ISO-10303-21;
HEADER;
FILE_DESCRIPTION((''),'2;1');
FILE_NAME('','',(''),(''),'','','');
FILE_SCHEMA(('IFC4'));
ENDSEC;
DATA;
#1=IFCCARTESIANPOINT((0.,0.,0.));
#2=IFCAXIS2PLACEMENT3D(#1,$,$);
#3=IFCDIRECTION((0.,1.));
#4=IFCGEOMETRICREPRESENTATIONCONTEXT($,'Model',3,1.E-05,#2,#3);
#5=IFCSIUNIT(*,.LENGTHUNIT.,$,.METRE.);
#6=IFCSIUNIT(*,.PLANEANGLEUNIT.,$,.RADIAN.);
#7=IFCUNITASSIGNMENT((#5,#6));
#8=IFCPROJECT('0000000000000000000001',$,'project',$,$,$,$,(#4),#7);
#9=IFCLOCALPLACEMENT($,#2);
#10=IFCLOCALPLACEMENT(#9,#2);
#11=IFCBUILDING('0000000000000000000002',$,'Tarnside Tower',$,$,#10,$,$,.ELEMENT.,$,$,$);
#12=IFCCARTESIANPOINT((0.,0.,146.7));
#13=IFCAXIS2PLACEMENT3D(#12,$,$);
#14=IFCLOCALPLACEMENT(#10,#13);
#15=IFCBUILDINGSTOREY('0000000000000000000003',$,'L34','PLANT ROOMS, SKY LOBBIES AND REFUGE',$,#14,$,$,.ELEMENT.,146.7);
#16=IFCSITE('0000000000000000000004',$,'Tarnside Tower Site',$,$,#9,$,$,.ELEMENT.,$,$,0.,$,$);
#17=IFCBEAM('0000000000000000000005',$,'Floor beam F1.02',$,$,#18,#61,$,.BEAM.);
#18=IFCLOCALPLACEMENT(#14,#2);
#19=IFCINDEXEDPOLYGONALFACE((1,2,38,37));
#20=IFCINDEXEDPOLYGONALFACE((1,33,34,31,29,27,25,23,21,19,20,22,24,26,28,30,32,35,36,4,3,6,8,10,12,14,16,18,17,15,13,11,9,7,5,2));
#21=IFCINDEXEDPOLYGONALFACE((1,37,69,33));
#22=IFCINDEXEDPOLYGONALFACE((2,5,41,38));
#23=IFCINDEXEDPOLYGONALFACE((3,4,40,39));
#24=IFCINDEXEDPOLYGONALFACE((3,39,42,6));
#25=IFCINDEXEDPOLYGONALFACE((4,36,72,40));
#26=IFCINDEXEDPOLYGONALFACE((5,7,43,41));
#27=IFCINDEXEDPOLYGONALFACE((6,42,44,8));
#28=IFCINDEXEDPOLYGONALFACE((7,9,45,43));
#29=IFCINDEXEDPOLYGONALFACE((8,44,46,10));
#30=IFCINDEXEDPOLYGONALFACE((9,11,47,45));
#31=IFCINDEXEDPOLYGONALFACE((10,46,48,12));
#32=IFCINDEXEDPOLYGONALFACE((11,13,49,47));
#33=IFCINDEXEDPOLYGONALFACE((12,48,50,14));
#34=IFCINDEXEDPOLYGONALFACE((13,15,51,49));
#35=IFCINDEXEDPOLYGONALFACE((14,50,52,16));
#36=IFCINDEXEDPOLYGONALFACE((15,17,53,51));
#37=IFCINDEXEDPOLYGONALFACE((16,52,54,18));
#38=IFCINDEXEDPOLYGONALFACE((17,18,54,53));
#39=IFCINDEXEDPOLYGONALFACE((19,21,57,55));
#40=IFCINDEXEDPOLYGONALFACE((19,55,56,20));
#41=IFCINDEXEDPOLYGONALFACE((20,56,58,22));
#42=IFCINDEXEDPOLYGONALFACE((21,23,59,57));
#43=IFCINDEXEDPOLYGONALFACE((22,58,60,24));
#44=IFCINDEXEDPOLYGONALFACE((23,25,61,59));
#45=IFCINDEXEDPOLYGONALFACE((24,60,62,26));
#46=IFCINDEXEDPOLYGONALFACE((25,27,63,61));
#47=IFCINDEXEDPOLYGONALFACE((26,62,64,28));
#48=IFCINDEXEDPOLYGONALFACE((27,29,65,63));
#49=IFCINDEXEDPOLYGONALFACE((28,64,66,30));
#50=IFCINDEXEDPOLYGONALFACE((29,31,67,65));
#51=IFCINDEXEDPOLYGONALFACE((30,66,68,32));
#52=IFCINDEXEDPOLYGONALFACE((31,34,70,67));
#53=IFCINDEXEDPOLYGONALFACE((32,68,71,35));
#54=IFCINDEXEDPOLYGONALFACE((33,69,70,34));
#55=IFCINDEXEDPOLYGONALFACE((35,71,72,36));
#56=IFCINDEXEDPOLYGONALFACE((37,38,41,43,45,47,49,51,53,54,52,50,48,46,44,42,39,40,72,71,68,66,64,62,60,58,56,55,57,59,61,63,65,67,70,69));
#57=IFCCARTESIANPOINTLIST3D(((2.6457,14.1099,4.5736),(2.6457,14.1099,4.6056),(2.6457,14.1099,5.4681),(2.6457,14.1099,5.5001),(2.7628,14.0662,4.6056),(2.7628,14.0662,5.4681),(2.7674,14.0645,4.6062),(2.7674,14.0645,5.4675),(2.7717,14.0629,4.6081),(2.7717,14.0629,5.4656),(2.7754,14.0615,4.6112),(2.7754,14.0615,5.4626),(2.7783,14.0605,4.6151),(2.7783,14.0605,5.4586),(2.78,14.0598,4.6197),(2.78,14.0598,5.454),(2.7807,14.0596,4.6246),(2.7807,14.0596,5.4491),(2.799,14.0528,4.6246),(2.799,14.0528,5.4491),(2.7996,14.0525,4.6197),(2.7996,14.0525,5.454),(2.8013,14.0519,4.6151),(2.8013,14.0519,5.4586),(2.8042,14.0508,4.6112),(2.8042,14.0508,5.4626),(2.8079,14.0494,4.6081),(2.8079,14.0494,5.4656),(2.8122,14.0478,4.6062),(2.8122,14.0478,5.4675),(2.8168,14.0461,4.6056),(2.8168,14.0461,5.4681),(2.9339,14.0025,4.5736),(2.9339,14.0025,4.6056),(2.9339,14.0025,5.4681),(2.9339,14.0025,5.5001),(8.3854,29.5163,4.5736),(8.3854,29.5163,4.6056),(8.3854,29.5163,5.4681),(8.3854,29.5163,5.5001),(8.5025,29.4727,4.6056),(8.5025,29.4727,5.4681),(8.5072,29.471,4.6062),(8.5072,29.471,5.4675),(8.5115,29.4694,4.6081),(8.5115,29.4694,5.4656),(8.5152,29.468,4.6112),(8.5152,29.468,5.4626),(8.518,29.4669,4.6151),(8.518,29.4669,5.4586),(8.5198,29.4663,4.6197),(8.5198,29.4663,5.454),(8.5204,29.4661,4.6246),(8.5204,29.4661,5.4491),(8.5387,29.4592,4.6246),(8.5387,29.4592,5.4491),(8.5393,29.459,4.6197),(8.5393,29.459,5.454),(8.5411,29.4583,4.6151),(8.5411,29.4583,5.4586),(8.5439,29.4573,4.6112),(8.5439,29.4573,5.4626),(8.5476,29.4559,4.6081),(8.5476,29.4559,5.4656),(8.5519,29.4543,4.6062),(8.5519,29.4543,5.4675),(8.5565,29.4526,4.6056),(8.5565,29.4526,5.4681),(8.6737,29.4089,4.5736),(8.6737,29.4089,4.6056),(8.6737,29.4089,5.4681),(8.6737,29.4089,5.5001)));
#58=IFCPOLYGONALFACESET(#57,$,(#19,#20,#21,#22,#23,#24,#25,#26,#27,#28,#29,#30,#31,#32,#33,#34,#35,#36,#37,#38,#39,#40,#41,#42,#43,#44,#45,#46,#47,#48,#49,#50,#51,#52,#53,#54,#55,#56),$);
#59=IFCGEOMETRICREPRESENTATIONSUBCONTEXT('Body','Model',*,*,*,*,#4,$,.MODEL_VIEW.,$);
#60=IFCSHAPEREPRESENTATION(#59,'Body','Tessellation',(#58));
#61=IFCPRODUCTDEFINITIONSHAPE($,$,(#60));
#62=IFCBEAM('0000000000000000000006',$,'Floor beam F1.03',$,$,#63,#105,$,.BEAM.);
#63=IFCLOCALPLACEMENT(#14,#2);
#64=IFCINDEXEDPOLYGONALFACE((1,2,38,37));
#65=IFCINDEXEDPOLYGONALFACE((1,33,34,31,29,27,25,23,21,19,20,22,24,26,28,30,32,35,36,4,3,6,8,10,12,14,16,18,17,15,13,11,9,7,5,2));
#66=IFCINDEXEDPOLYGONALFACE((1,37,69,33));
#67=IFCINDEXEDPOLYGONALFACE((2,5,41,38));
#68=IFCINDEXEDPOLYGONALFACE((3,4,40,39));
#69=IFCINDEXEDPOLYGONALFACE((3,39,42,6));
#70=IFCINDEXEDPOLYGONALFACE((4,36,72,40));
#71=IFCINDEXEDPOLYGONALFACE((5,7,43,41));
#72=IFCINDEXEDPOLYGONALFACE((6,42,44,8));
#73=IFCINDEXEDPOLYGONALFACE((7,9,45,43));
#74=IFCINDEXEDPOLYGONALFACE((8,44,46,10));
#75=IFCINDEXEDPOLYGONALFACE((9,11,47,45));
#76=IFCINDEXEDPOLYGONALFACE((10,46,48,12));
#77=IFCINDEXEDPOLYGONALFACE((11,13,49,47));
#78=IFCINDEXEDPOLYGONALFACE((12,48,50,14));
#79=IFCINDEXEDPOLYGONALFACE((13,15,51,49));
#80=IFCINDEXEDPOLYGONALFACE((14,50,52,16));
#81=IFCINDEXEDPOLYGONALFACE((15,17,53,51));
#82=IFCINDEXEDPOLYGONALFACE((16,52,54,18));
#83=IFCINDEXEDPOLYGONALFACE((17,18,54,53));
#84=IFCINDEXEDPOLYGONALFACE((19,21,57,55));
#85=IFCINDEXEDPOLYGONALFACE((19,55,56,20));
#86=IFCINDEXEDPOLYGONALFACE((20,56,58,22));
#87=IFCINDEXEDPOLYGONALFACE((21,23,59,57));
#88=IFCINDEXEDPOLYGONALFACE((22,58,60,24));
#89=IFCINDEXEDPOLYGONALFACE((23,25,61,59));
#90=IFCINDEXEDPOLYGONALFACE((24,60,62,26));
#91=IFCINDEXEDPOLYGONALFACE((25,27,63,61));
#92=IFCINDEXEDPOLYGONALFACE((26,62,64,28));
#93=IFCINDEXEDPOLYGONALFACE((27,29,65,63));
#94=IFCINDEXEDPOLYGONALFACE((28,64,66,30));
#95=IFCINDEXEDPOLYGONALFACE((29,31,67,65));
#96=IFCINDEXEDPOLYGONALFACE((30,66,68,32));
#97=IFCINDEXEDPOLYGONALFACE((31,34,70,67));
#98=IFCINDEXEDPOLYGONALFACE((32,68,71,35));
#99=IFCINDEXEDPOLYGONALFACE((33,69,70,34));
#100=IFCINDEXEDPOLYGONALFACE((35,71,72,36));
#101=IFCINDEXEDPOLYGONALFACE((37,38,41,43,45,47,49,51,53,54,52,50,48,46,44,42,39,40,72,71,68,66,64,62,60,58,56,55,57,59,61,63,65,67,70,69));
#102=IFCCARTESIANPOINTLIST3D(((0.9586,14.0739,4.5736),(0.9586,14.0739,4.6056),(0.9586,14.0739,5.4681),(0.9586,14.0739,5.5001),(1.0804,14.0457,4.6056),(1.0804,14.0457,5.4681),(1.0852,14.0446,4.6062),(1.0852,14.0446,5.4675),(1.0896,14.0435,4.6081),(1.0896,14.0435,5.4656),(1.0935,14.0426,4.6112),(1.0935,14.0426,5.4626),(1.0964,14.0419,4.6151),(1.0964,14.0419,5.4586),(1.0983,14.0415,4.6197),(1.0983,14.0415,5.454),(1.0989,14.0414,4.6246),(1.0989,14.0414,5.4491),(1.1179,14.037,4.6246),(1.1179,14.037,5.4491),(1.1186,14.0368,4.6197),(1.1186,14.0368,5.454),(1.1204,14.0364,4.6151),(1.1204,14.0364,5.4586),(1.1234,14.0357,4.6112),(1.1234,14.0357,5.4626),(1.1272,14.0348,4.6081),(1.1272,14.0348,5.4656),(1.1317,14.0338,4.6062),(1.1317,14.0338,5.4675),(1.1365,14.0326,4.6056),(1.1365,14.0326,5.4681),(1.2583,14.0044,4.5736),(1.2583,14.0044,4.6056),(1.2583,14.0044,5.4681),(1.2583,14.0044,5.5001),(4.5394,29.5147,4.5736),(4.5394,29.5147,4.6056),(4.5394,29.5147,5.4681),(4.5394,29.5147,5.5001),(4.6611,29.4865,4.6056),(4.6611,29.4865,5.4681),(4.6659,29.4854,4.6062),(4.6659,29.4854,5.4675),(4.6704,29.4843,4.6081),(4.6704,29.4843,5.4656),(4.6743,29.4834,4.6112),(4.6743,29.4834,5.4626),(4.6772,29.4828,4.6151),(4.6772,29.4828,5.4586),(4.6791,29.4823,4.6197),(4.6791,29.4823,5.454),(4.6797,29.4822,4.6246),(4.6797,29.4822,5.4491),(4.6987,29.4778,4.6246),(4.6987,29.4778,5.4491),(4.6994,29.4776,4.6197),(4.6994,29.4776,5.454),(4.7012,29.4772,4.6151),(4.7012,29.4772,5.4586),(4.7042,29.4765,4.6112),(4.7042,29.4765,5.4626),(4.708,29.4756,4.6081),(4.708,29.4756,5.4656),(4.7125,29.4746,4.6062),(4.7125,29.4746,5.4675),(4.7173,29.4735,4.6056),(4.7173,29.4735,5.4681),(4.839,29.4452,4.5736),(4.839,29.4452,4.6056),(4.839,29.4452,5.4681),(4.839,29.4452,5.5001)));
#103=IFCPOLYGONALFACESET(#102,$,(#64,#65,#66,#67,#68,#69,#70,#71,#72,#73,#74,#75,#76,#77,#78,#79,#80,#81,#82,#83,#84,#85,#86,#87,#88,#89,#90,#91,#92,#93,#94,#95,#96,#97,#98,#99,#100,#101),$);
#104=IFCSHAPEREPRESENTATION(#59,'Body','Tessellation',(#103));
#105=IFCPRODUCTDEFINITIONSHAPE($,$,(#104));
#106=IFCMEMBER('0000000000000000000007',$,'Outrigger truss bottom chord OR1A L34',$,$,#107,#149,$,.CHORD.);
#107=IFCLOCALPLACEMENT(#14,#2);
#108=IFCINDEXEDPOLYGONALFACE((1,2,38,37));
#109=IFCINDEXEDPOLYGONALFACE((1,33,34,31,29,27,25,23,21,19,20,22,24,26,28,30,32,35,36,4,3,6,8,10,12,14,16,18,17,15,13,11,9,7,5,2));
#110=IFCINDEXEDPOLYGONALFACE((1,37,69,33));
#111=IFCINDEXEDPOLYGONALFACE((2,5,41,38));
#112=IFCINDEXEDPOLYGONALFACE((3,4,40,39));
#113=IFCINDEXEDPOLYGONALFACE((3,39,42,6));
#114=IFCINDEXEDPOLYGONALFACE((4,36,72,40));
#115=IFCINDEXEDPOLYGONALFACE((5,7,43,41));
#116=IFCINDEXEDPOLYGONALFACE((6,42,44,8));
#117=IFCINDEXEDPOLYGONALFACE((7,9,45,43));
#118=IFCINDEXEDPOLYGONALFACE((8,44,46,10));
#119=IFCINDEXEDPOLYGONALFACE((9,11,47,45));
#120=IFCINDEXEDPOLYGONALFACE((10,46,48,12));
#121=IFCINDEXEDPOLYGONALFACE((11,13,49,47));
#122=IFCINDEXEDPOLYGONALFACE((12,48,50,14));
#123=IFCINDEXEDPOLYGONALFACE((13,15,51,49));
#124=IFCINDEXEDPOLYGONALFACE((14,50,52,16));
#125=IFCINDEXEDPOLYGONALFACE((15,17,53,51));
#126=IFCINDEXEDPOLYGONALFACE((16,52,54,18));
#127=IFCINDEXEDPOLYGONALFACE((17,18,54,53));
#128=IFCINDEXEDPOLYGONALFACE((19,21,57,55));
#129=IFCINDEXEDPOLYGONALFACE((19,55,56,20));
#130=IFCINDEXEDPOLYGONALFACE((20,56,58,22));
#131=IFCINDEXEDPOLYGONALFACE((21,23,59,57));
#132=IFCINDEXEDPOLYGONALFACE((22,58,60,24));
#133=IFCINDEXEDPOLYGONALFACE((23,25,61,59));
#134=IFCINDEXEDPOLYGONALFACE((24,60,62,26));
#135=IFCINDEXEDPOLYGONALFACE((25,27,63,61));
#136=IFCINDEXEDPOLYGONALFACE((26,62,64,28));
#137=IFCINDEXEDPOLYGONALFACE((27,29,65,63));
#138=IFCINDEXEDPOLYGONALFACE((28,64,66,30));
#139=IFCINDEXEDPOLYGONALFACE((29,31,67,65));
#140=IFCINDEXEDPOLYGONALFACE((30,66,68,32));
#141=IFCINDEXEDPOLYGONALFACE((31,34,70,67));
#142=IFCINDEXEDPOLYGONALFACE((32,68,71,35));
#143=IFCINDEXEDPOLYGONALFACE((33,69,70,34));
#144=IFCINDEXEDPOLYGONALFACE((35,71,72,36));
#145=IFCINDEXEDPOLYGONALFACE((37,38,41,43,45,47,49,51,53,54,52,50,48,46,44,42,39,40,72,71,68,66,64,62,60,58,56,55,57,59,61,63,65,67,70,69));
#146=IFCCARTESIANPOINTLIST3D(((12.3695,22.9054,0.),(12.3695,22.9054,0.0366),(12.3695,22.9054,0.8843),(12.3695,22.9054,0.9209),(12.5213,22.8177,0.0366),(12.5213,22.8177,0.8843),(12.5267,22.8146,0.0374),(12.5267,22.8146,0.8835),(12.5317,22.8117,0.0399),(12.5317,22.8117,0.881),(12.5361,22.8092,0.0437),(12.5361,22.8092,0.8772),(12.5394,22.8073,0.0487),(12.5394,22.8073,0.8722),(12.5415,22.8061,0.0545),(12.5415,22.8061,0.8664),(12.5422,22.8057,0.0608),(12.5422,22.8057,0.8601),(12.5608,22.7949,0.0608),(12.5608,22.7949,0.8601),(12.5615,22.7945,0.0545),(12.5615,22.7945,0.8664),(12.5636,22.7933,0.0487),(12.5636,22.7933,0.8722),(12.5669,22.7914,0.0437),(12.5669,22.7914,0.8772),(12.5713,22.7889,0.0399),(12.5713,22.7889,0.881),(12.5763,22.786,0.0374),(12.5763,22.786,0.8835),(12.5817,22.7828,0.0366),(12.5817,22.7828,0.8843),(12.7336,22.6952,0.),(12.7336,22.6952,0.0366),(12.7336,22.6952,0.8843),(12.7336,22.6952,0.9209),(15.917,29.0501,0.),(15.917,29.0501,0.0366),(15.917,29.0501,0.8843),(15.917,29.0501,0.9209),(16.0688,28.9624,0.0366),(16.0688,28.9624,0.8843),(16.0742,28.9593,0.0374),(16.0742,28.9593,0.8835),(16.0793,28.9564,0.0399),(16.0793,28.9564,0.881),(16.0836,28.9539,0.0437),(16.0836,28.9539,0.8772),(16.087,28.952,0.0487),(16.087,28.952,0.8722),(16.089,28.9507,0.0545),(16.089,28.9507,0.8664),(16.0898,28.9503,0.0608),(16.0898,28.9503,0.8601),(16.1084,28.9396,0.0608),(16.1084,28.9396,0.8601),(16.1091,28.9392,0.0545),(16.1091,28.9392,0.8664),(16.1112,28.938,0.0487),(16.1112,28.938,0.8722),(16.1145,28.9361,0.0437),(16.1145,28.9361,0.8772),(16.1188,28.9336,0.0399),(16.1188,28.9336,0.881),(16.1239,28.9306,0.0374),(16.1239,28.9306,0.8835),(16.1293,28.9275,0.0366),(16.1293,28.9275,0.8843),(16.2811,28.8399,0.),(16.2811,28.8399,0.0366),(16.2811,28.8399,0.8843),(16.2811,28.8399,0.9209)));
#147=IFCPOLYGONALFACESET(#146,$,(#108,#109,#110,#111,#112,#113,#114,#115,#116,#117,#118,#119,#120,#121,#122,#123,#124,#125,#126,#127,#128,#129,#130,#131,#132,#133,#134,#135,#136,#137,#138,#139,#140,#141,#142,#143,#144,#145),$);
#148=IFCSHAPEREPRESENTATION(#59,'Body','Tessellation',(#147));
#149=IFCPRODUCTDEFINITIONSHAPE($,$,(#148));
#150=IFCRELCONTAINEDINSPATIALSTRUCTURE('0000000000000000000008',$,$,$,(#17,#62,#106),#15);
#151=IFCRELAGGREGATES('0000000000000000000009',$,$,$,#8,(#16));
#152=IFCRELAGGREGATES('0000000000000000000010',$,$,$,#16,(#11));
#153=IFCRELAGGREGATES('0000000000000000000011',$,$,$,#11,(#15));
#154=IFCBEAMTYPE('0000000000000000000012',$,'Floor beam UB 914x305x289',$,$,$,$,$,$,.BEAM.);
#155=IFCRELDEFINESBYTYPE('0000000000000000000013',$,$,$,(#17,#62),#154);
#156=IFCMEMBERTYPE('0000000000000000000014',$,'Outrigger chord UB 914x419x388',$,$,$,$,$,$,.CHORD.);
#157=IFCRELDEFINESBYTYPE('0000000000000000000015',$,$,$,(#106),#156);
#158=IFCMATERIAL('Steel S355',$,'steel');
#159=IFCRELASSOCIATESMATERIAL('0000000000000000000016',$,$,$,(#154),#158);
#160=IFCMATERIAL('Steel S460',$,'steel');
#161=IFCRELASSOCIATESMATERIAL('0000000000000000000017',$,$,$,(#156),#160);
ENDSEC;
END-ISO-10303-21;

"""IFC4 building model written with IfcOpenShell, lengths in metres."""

from ifc_helpers import new_model, si_unit, direction, frame, origin, origin_2d, place, context, subcontext, project, spatial, i_section, extrude, material, material_profile, profile_set, type_object, element, save


model = new_model("IFC4")

# Units and contexts
model_context = context("Model", 3, precision=1e-05, world=origin(), true_north=direction((0.0, 1.0)))
body_context = subcontext(model_context, "Body", "Model", "MODEL_VIEW")
ifc_project = project(units=[si_unit("LENGTHUNIT", "METRE"), si_unit("PLANEANGLEUNIT", "RADIAN")], contexts=[model_context])

# Site, building, storey
site_placement = place(None, origin())
site = spatial("IfcSite", under=ifc_project, at=site_placement, Name="Tarnside Tower Site", CompositionType="ELEMENT", RefElevation=0.0)
building_placement = place(site_placement, origin())
building = spatial("IfcBuilding", under=site, at=building_placement, Name="Tarnside Tower", CompositionType="ELEMENT")
storey_placement = place(building_placement, frame((0.0, 0.0, 146.7)))
storey = spatial("IfcBuildingStorey", under=building, at=storey_placement, Name="L34", Description="PLANT ROOMS, SKY LOBBIES AND REFUGE", CompositionType="ELEMENT", Elevation=146.7)

# Beams
ifc_material_1 = material(Name="Steel S355", Category="steel")
ifc_material_profile_1 = material_profile(ifc_material_1, i_section(OverallWidth=0.3076, OverallDepth=0.9265, WebThickness=0.0195, FlangeThickness=0.032, FilletRadius=0.019, at=origin_2d()), Name="UB 914x305x289")
ifc_profile_set_1 = profile_set([ifc_material_profile_1], Name="Steel S355")
beam_type = type_object("IfcBeamType", Name="Floor beam UB 914x305x289", PredefinedType="BEAM", material=ifc_profile_set_1)
beam_1_placement = place(storey_placement, frame((8.5295, 29.4626, 5.0369), z_axis=(-0.349113, -0.937081, 0.0), x_axis=(0.937081, -0.349113, 0.0)))
element("IfcBeam", 1, at=beam_1_placement, inside=storey, type_object=beam_type, Name="Floor beam F1.02", PredefinedType="BEAM", context=body_context, shape_type="SweptSolid", body=[
    extrude(i_section(OverallWidth=0.3076, OverallDepth=0.9265, WebThickness=0.0195, FlangeThickness=0.032, FilletRadius=0.019, at=origin_2d()), origin(), (0.0, 0.0, 1.0), 16.4409),
])
beam_2_placement = place(storey_placement, frame((4.6892, 29.48, 5.0369), z_axis=(-0.225909, -0.974148, 0.0), x_axis=(0.974148, -0.225909, 0.0)))
element("IfcBeam", 2, at=beam_2_placement, inside=storey, type_object=beam_type, Name="Floor beam F1.03", PredefinedType="BEAM", context=body_context, shape_type="SweptSolid", body=[
    extrude(i_section(OverallWidth=0.3076, OverallDepth=0.9265, WebThickness=0.0195, FlangeThickness=0.032, FilletRadius=0.019, at=origin_2d()), origin(), (0.0, 0.0, 1.0), 15.8506),
])

# Member
ifc_material_2 = material(Name="Steel S460", Category="steel")
ifc_material_profile_2 = material_profile(ifc_material_2, i_section(OverallWidth=0.4204, OverallDepth=0.9209, WebThickness=0.0215, FlangeThickness=0.0366, FilletRadius=0.0242, at=origin_2d()), Name="UB 914x419x388")
ifc_profile_set_2 = profile_set([ifc_material_profile_2], Name="Steel S460")
member_type_1 = type_object("IfcMemberType", Name="Outrigger chord UB 914x419x388", PredefinedType="CHORD", material=ifc_profile_set_2)
member_1_placement = place(storey_placement, frame((12.5515, 22.8003, 0.4604), z_axis=(0.499992, 0.86603, 0.0), x_axis=(-0.86603, 0.499992, 0.0)))
element("IfcMember", 3, at=member_1_placement, inside=storey, type_object=member_type_1, Name="Outrigger truss bottom chord OR1A L34", PredefinedType="CHORD", context=body_context, shape_type="SweptSolid", body=[
    extrude(i_section(OverallWidth=0.4204, OverallDepth=0.9209, WebThickness=0.0215, FlangeThickness=0.0366, FilletRadius=0.0242, at=origin_2d()), origin(), (0.0, 0.0, 1.0), 7.0952),
])

save(model, "model.ifc")
